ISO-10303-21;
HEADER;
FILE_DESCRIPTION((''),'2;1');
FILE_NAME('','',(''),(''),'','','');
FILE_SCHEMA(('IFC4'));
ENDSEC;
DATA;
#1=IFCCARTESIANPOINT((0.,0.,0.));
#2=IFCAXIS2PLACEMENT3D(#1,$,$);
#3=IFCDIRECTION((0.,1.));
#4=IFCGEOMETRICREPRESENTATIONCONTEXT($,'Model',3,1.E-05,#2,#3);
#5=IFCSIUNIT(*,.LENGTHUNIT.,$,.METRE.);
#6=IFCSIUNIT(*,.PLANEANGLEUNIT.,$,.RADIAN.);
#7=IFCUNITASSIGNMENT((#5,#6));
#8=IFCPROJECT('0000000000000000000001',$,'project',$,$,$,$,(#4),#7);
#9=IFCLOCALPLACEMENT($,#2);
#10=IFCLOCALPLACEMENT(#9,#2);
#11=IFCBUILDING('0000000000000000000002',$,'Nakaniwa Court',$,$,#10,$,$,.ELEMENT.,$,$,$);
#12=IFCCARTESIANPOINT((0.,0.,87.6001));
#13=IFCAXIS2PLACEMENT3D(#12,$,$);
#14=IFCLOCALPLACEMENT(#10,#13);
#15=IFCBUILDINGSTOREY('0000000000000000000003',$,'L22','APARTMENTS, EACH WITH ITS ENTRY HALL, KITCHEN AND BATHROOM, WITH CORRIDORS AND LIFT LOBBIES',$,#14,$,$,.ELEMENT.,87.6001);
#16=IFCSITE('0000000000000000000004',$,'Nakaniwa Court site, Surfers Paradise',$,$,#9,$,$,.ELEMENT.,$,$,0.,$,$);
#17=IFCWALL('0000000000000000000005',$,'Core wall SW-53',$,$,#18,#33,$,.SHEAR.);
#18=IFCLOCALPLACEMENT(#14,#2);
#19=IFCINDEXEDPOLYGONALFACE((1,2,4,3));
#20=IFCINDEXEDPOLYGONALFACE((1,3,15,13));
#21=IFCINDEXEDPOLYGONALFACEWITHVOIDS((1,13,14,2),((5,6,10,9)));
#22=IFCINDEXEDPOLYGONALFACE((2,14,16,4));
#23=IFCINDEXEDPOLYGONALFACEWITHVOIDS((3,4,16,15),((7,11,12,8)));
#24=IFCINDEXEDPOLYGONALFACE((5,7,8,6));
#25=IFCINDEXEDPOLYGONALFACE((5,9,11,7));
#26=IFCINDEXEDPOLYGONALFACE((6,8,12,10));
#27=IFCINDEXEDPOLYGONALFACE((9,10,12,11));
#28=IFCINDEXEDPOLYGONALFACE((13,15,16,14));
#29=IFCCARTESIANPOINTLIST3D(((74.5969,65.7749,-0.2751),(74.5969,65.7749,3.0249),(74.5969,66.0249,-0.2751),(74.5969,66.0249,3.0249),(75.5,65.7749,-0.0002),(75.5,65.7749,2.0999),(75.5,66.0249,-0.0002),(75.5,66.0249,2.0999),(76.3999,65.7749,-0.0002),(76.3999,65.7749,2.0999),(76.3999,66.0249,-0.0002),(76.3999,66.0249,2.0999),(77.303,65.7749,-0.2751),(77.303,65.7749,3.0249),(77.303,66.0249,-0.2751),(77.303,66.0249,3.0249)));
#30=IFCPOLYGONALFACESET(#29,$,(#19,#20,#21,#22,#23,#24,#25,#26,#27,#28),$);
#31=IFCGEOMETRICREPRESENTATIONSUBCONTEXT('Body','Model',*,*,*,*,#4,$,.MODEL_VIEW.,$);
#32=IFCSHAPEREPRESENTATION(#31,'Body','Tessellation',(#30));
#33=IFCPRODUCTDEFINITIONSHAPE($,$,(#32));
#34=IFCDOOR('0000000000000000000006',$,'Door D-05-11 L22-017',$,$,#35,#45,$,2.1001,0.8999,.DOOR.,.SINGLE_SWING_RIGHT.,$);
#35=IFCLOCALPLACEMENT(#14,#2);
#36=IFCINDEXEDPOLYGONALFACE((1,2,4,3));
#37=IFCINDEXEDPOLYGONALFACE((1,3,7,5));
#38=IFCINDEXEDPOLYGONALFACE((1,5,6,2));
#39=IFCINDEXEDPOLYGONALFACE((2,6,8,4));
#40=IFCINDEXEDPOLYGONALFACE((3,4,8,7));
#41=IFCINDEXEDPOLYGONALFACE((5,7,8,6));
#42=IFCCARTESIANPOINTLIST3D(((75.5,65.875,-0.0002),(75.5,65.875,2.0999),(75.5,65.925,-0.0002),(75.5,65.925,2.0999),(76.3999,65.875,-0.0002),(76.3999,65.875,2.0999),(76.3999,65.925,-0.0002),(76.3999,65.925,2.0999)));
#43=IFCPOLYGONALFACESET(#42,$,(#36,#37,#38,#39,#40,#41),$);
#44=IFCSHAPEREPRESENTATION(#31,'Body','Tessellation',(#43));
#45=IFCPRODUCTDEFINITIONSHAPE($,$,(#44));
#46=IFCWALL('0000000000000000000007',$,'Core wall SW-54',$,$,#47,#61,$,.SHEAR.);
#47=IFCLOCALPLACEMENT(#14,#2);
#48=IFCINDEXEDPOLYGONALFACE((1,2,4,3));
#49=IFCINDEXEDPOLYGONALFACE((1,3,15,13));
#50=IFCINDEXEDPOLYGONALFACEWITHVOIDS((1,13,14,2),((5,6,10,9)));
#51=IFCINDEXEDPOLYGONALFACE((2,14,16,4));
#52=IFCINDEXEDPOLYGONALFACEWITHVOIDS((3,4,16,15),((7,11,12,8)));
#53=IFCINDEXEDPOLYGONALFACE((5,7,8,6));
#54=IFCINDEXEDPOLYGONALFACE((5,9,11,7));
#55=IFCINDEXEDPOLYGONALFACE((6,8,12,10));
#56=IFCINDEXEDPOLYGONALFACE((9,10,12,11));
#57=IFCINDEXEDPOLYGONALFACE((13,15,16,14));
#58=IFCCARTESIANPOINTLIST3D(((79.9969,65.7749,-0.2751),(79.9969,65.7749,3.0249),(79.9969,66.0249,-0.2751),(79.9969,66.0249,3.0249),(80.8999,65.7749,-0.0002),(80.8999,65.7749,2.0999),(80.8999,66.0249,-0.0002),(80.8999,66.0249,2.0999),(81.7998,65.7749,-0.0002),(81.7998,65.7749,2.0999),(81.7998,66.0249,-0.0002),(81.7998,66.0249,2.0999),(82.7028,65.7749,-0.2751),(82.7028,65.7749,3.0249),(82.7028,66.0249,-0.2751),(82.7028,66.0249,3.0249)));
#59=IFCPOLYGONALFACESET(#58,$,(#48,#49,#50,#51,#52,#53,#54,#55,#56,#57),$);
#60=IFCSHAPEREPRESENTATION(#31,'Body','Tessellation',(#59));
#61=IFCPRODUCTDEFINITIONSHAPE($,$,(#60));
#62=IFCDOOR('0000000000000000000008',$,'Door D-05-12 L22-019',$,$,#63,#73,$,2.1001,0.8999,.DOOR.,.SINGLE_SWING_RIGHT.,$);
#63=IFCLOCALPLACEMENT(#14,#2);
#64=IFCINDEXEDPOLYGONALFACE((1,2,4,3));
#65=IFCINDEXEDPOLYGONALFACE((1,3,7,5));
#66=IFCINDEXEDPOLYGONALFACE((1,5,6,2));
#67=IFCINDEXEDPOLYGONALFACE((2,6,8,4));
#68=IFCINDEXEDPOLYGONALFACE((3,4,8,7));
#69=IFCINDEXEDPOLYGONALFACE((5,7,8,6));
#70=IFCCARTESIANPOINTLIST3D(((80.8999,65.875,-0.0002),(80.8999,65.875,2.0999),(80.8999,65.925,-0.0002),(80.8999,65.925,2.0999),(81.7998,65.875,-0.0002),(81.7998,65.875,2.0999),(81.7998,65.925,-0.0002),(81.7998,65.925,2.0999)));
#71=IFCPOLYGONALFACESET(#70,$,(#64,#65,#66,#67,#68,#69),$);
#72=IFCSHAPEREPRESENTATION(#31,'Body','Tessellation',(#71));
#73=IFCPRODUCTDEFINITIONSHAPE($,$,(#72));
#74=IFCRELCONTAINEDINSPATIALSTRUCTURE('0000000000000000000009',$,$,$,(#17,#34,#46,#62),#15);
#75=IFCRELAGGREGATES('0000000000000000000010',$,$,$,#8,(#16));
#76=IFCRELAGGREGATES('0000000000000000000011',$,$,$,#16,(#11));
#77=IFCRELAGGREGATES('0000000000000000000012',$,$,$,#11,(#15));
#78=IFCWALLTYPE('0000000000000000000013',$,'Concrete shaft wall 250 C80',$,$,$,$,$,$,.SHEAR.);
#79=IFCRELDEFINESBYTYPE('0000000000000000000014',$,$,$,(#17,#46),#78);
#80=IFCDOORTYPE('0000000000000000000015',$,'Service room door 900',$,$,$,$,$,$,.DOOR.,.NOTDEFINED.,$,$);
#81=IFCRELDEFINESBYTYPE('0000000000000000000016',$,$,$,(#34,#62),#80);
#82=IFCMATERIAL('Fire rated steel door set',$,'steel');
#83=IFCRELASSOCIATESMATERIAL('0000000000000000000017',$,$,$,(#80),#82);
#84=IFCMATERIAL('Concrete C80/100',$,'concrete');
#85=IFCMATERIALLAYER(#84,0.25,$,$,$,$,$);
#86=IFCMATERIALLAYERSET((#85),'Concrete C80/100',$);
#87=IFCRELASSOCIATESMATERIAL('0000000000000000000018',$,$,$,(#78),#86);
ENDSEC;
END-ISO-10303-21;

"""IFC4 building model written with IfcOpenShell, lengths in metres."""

from ifc_helpers import new_model, si_unit, direction, frame, frame_2d, origin, place, context, subcontext, project, spatial, rectangle, extrude, material, layer, layer_set, type_object, element, fill, save


model = new_model("IFC4")

# Units and contexts
model_context = context("Model", 3, precision=1e-05, world=origin(), true_north=direction((0.0, 1.0)))
body_context = subcontext(model_context, "Body", "Model", "MODEL_VIEW")
ifc_project = project(units=[si_unit("LENGTHUNIT", "METRE"), si_unit("PLANEANGLEUNIT", "RADIAN")], contexts=[model_context])

# Site, building, storey
site_placement = place(None, origin())
site = spatial("IfcSite", under=ifc_project, at=site_placement, Name="Nakaniwa Court site, Surfers Paradise", CompositionType="ELEMENT", RefElevation=0.0)
building_placement = place(site_placement, origin())
building = spatial("IfcBuilding", under=site, at=building_placement, Name="Nakaniwa Court", CompositionType="ELEMENT")
storey_placement = place(building_placement, frame((0.0, 0.0, 87.6001)))
storey = spatial("IfcBuildingStorey", under=building, at=storey_placement, Name="L22", Description="APARTMENTS, EACH WITH ITS ENTRY HALL, KITCHEN AND BATHROOM, WITH CORRIDORS AND LIFT LOBBIES", CompositionType="ELEMENT", Elevation=87.6001)

# Shared definitions
ifc_material_1 = material(Name="Concrete C80/100", Category="concrete")

# Shared definitions
ifc_material_2 = material(Name="Fire rated steel door set", Category="steel")
door_type_1 = type_object("IfcDoorType", Name="Service room door 900", OperationType="NOTDEFINED", PredefinedType="DOOR", material=ifc_material_2)

# Shared definitions
ifc_layer_1 = layer(ifc_material_1, 0.25)
ifc_layer_set_1 = layer_set([ifc_layer_1], Name="Concrete C80/100")
wall_type_1 = type_object("IfcWallType", Name="Concrete shaft wall 250 C80", PredefinedType="SHEAR", material=ifc_layer_set_1)

# Walls, openings, doors
wall_1_placement = place(storey_placement, frame((77.303, 65.8999, -0.2751), z_axis=(0.0, 0.0, 1.0), x_axis=(-1.0, 0.0, 0.0)))
wall_1 = element("IfcWall", 1, at=wall_1_placement, inside=storey, type_object=wall_type_1, Name="Core wall SW-53", PredefinedType="SHEAR", context=body_context, shape_type="SweptSolid", body=[
    extrude(rectangle(XDim=2.7061, YDim=0.25, at=frame_2d((1.353, 0.0))), origin(), (0.0, 0.0, 1.0), 3.3),
])
opening_1_placement = place(wall_1_placement, frame((0.9031, 0.0, 0.2749)))
opening_1 = element("IfcOpeningElement", 2, at=opening_1_placement, cuts=wall_1, PredefinedType="OPENING", context=body_context, shape_type="SweptSolid", body=[
    extrude(rectangle(XDim=0.8999, YDim=2.1001, at=frame_2d((0.45, 1.05))), frame((0.0, 0.135, 0.0), z_axis=(0.0, -1.0, 0.0), x_axis=(1.0, 0.0, 0.0)), (0.0, 0.0, 1.0), 0.27),
])
door_1_placement = place(opening_1_placement, origin())
door_1 = element("IfcDoor", 3, at=door_1_placement, inside=storey, type_object=door_type_1, Name="Door D-05-11 L22-017", OperationType="SINGLE_SWING_RIGHT", OverallHeight=2.1001, OverallWidth=0.8999, PredefinedType="DOOR", context=body_context, shape_type="SweptSolid", body=[
    extrude(rectangle(XDim=0.8999, YDim=2.1001, at=frame_2d((0.45, 1.05))), frame((0.0, 0.0249, 0.0), z_axis=(0.0, -1.0, 0.0), x_axis=(1.0, 0.0, 0.0)), (0.0, 0.0, 1.0), 0.05),
])
fill(opening_1, door_1)
wall_2_placement = place(storey_placement, frame((82.7029, 65.8999, -0.2751), z_axis=(0.0, 0.0, 1.0), x_axis=(-1.0, 0.0, 0.0)))
wall_2 = element("IfcWall", 4, at=wall_2_placement, inside=storey, type_object=wall_type_1, Name="Core wall SW-54", PredefinedType="SHEAR", context=body_context, shape_type="SweptSolid", body=[
    extrude(rectangle(XDim=2.7058, YDim=0.25, at=frame_2d((1.353, 0.0))), origin(), (0.0, 0.0, 1.0), 3.3),
])
opening_2_placement = place(wall_2_placement, frame((0.9031, 0.0, 0.2749)))
opening_2 = element("IfcOpeningElement", 5, at=opening_2_placement, cuts=wall_2, PredefinedType="OPENING", context=body_context, shape_type="SweptSolid", body=[
    extrude(rectangle(XDim=0.8999, YDim=2.1001, at=frame_2d((0.45, 1.05))), frame((0.0, 0.135, 0.0), z_axis=(0.0, -1.0, 0.0), x_axis=(1.0, 0.0, 0.0)), (0.0, 0.0, 1.0), 0.27),
])
door_2_placement = place(opening_2_placement, origin())
door_2 = element("IfcDoor", 6, at=door_2_placement, inside=storey, type_object=door_type_1, Name="Door D-05-12 L22-019", OperationType="SINGLE_SWING_RIGHT", OverallHeight=2.1001, OverallWidth=0.8999, PredefinedType="DOOR", context=body_context, shape_type="SweptSolid", body=[
    extrude(rectangle(XDim=0.8999, YDim=2.1001, at=frame_2d((0.45, 1.05))), frame((0.0, 0.0249, 0.0), z_axis=(0.0, -1.0, 0.0), x_axis=(1.0, 0.0, 0.0)), (0.0, 0.0, 1.0), 0.05),
])
fill(opening_2, door_2)

save(model, "model.ifc")
